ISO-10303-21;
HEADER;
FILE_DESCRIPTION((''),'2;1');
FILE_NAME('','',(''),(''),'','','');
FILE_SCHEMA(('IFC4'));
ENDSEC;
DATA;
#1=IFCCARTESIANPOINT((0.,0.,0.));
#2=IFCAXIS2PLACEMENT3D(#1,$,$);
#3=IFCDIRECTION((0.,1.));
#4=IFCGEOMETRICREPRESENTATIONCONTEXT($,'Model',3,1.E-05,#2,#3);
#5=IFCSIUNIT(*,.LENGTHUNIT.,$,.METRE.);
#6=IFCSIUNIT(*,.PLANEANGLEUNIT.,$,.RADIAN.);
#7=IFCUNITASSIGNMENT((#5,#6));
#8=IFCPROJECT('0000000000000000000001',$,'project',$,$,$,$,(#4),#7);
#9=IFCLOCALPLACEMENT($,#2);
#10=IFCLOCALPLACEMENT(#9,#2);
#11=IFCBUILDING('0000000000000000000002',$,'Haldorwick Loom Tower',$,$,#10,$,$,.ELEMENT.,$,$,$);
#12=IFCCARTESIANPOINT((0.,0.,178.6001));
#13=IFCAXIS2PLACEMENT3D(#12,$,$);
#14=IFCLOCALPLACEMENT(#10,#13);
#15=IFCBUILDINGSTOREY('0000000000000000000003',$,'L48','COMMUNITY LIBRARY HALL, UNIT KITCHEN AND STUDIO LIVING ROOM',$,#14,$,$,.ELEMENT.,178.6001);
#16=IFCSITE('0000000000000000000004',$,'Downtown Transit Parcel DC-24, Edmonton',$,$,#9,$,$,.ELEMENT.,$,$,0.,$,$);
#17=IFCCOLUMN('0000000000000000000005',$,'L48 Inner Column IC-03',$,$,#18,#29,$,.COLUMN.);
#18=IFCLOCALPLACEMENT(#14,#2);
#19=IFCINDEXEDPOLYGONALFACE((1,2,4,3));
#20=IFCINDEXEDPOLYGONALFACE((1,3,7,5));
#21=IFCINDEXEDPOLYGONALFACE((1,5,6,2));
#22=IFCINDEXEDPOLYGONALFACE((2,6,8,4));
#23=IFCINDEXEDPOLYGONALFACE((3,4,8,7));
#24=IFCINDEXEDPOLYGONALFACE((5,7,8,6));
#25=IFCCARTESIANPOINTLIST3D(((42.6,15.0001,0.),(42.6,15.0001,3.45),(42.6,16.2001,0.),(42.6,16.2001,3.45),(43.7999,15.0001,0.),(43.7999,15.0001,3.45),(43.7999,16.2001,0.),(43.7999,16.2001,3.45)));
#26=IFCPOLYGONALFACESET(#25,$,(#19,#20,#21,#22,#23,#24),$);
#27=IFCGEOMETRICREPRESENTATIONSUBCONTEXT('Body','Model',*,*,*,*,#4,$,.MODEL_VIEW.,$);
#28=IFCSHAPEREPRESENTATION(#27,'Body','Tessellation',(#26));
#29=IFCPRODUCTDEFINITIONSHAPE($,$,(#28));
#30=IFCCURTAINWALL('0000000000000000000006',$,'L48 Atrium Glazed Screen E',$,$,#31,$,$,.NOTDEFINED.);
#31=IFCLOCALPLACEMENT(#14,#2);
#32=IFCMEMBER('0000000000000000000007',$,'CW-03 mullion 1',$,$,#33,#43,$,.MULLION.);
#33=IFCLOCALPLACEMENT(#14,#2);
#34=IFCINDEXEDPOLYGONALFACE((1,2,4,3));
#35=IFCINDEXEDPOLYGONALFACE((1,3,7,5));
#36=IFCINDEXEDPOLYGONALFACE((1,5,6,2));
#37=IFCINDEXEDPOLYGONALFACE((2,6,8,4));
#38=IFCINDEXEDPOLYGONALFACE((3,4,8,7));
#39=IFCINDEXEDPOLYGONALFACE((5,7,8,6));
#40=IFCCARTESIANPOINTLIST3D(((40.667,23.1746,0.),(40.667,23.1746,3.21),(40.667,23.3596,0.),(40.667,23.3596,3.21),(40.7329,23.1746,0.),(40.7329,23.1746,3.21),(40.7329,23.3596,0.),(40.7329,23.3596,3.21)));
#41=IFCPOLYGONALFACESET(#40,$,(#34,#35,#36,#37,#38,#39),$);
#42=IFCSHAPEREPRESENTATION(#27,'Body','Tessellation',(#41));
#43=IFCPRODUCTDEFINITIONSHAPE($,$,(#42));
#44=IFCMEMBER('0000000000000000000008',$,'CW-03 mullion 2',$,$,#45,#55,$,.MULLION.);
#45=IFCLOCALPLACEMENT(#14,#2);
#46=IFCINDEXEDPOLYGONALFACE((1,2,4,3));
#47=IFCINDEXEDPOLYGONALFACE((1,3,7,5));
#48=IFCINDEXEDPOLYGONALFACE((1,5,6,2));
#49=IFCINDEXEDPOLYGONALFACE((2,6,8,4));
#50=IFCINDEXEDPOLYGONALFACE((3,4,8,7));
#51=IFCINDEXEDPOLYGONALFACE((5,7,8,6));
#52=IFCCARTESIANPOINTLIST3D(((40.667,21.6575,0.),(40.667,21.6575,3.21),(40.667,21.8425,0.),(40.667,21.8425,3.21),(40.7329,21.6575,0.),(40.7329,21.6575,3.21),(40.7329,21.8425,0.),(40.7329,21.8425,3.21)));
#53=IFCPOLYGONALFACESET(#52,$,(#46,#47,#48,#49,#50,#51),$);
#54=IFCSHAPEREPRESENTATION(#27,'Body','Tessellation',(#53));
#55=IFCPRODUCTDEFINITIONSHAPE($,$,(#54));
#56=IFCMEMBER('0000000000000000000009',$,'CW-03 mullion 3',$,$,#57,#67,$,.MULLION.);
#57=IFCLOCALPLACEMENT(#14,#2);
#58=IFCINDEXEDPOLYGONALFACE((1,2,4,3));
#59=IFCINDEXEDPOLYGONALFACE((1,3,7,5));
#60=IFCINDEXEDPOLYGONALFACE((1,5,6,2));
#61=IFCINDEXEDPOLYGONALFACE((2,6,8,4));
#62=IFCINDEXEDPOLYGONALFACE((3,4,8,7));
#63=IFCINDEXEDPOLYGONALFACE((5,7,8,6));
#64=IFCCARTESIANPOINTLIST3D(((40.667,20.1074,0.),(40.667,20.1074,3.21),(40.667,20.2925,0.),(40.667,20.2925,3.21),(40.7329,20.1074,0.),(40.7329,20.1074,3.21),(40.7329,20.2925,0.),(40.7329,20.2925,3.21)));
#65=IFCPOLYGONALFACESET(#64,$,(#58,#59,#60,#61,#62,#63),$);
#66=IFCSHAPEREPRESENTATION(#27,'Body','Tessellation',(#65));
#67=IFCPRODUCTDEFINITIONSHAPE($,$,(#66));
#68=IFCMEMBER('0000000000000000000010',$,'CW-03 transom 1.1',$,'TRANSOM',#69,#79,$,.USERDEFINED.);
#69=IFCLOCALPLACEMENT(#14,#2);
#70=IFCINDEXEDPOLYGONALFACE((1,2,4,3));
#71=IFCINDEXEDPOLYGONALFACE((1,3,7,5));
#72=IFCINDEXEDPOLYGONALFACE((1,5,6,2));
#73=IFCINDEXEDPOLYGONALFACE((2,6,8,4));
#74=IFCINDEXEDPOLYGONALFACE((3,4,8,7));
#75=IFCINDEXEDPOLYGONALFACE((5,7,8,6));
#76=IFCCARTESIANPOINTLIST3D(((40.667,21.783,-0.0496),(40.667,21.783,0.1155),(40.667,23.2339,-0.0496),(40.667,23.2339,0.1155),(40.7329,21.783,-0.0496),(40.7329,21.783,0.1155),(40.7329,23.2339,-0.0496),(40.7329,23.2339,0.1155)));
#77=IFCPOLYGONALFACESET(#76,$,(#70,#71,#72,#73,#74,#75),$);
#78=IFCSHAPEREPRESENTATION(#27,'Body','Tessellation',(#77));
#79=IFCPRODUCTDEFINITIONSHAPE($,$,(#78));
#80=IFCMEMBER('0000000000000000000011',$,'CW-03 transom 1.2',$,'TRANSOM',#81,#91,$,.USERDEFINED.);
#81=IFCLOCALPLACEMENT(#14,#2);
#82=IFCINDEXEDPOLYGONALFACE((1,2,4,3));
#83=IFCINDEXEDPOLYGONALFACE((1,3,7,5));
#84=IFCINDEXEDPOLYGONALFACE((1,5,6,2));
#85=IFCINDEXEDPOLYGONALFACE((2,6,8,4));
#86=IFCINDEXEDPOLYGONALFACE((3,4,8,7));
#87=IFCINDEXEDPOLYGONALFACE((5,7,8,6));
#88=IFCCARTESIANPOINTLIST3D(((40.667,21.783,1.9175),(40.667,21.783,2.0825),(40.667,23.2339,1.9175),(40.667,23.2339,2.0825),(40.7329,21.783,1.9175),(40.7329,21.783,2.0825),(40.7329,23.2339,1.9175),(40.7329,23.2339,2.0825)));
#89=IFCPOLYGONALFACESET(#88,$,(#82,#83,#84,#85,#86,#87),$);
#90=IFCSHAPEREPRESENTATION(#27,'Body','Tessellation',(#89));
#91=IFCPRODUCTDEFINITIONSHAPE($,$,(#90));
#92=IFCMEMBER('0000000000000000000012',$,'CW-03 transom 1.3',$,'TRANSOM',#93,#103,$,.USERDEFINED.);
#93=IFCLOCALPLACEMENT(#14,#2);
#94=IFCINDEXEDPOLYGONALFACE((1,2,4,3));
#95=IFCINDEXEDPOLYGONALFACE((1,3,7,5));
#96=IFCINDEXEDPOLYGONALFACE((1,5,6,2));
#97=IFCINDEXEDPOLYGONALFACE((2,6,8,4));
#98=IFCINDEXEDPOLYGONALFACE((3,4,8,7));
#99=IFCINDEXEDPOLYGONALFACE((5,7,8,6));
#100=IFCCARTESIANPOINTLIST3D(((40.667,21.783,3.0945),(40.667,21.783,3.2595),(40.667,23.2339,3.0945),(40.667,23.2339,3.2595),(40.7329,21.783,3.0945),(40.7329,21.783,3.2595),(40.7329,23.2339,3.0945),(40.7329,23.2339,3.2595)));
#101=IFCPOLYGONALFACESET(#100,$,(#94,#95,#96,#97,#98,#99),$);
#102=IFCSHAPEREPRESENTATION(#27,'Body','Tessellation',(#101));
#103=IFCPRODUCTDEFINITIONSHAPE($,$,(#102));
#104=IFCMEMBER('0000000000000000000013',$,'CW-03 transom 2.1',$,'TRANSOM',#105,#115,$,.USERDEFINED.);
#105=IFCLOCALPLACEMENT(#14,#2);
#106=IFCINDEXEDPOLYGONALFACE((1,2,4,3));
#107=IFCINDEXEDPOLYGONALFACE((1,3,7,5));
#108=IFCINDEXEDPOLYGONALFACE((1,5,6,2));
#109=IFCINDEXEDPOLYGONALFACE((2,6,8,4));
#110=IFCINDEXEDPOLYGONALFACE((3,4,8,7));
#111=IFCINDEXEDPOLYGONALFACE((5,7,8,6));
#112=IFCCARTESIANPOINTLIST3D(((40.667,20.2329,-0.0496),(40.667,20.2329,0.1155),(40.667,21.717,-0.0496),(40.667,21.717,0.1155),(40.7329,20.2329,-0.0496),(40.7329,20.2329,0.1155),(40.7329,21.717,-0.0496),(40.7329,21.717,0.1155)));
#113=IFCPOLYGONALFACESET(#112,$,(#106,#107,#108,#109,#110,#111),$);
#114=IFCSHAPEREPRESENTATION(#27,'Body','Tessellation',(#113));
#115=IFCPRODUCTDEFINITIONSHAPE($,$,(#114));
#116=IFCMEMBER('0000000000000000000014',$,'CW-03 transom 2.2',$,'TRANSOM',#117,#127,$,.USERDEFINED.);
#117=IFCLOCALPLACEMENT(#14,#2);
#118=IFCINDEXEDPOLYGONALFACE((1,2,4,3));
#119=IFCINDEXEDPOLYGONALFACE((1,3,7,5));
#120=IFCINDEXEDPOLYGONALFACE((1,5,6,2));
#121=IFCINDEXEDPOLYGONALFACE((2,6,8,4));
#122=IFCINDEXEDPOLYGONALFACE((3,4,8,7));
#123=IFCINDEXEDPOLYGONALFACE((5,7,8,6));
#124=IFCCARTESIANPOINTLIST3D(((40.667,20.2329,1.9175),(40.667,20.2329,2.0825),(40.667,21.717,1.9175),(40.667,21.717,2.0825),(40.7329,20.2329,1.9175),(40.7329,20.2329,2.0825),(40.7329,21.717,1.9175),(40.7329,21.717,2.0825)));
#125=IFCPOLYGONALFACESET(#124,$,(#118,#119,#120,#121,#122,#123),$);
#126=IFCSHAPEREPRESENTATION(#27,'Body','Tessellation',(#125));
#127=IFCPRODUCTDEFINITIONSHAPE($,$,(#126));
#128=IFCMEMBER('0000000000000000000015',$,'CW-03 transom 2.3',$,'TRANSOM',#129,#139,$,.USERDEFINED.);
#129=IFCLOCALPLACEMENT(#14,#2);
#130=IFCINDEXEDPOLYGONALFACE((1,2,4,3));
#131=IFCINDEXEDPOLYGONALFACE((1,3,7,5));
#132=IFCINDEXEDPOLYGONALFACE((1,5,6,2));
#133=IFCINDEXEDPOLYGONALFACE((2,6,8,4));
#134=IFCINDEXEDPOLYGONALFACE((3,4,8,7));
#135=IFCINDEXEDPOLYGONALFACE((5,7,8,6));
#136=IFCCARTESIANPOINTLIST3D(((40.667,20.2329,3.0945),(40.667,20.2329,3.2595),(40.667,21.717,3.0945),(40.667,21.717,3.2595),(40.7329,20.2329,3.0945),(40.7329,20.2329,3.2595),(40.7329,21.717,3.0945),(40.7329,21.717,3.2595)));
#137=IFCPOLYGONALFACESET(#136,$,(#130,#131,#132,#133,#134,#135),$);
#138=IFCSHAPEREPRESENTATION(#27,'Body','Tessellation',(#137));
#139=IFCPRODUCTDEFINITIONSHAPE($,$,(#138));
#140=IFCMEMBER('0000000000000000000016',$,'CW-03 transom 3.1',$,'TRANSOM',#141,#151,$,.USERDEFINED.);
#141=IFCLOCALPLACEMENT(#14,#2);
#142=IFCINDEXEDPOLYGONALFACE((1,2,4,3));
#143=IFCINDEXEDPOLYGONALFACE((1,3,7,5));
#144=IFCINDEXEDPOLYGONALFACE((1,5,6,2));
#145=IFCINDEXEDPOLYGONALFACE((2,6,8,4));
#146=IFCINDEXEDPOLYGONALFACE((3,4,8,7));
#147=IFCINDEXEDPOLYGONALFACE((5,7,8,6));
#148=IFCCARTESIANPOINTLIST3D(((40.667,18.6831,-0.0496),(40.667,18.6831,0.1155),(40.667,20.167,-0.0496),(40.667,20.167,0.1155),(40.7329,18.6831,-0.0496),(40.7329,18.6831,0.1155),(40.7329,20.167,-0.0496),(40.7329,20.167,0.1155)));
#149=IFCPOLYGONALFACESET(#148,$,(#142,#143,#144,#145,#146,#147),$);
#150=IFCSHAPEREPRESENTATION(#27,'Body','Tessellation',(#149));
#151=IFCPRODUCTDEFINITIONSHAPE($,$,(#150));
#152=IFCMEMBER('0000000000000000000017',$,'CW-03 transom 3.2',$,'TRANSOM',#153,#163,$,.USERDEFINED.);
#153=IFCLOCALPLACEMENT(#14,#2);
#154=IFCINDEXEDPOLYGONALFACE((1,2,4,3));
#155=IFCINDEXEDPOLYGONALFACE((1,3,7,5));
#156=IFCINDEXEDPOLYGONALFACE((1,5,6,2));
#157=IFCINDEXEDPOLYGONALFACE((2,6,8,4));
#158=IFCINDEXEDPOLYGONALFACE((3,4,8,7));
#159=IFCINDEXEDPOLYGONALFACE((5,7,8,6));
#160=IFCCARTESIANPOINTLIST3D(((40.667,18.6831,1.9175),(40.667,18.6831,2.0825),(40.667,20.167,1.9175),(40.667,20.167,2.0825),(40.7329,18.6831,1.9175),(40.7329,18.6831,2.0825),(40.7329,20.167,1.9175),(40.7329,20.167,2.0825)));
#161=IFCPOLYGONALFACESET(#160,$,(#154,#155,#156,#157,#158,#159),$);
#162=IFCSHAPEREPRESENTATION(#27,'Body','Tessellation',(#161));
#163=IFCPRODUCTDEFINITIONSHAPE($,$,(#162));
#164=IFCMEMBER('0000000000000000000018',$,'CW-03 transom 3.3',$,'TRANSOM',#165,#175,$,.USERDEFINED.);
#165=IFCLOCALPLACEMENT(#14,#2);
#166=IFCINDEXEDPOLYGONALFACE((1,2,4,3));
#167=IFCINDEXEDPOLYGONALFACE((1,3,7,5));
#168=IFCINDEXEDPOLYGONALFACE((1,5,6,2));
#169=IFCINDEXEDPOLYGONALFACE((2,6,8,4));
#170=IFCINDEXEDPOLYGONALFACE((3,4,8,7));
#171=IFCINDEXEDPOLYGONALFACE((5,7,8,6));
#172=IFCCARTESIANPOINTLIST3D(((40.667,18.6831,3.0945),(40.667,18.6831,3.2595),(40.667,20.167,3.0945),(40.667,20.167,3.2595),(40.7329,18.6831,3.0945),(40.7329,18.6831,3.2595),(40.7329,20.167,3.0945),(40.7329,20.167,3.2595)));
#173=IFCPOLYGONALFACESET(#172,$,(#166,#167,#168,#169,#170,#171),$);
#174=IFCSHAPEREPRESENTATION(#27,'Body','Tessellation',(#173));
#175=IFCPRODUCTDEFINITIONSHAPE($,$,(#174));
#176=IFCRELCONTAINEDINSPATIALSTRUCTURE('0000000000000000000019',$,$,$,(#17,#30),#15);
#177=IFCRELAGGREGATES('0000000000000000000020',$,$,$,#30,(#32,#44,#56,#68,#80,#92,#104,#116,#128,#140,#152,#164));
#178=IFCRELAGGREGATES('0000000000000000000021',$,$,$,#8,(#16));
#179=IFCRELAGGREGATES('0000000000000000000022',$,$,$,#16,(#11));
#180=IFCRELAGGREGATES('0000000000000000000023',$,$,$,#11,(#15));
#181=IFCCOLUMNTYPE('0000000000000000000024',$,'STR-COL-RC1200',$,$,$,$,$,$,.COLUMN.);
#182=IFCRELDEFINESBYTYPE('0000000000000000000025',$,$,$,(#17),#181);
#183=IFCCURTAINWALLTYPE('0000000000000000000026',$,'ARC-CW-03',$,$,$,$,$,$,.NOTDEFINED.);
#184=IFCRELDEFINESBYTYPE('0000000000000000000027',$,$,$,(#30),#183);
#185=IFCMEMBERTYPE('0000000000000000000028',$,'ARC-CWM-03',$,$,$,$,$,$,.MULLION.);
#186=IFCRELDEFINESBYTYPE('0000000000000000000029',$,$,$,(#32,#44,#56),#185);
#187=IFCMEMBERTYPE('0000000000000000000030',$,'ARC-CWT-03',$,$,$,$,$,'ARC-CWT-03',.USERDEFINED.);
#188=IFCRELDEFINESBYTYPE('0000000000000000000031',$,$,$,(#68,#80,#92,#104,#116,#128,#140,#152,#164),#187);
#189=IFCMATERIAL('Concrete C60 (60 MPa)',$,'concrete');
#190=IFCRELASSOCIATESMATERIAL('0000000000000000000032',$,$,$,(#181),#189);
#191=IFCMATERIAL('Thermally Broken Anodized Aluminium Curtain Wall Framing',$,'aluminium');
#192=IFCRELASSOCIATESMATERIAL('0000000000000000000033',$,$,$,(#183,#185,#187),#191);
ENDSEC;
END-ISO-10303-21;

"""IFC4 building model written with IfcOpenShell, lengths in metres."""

from ifc_helpers import new_model, si_unit, direction, frame, origin, origin_2d, place, context, subcontext, project, spatial, rectangle, extrude, material, material_profile, profile_set, type_object, element, aggregate, save


model = new_model("IFC4")

# Units and contexts
model_context = context("Model", 3, precision=1e-05, world=origin(), true_north=direction((0.0, 1.0)))
body_context = subcontext(model_context, "Body", "Model", "MODEL_VIEW")
ifc_project = project(units=[si_unit("LENGTHUNIT", "METRE"), si_unit("PLANEANGLEUNIT", "RADIAN")], contexts=[model_context])

# Site, building, storey
site_placement = place(None, origin())
site = spatial("IfcSite", under=ifc_project, at=site_placement, Name="Downtown Transit Parcel DC-24, Edmonton", CompositionType="ELEMENT", RefElevation=0.0)
building_placement = place(site_placement, origin())
building = spatial("IfcBuilding", under=site, at=building_placement, Name="Haldorwick Loom Tower", CompositionType="ELEMENT")
storey_placement = place(building_placement, frame((0.0, 0.0, 178.6001)))
storey = spatial("IfcBuildingStorey", under=building, at=storey_placement, Name="L48", Description="COMMUNITY LIBRARY HALL, UNIT KITCHEN AND STUDIO LIVING ROOM", CompositionType="ELEMENT", Elevation=178.6001)

# Column
ifc_material_1 = material(Name="Concrete C60 (60 MPa)", Category="concrete")
ifc_material_profile_1 = material_profile(ifc_material_1, rectangle(XDim=1.2, YDim=1.2, at=origin_2d()), Name="RC1200X1200", Category="concrete")
ifc_profile_set_1 = profile_set([ifc_material_profile_1], Name="Concrete C60 (60 MPa)")
column_type = type_object("IfcColumnType", Name="STR-COL-RC1200", PredefinedType="COLUMN", material=ifc_profile_set_1)
column_placement = place(storey_placement, frame((43.2, 15.6001, 0.0), z_axis=(0.0, 0.0, 1.0), x_axis=(1.0, 0.0, 0.0)))
element("IfcColumn", 1, at=column_placement, inside=storey, type_object=column_type, Name="L48 Inner Column IC-03", PredefinedType="COLUMN", context=body_context, shape_type="SweptSolid", body=[
    extrude(rectangle(XDim=1.2, YDim=1.2, at=origin_2d()), origin(), (0.0, 0.0, 1.0), 3.45),
])

# Curtain wall, members
ifc_material_2 = material(Name="Thermally Broken Anodized Aluminium Curtain Wall Framing", Category="aluminium")
curtain_wall_type = type_object("IfcCurtainWallType", Name="ARC-CW-03", PredefinedType="NOTDEFINED", material=ifc_material_2)
curtain_wall_placement = place(storey_placement, origin())
curtain_wall = element("IfcCurtainWall", 2, at=curtain_wall_placement, inside=storey, type_object=curtain_wall_type, Name="L48 Atrium Glazed Screen E", PredefinedType="NOTDEFINED")
ifc_material_profile_2 = material_profile(ifc_material_2, rectangle(XDim=0.0659, YDim=0.1851, at=origin_2d()), Name="ALU_MUL_66X185", Category="aluminium")
ifc_profile_set_2 = profile_set([ifc_material_profile_2], Name="Thermally Broken Anodized Aluminium Curtain Wall Framing")
member_type_1 = type_object("IfcMemberType", Name="ARC-CWM-03", PredefinedType="MULLION", material=ifc_profile_set_2)
member_1_placement = place(storey_placement, frame((40.7, 23.2671, 0.0), z_axis=(0.0, 0.0, 1.0), x_axis=(1.0, 0.0, 0.0)))
member_1 = element("IfcMember", 3, at=member_1_placement, type_object=member_type_1, Name="CW-03 mullion 1", PredefinedType="MULLION", context=body_context, shape_type="SweptSolid", body=[
    extrude(rectangle(XDim=0.0659, YDim=0.1851, at=origin_2d()), origin(), (0.0, 0.0, 1.0), 3.21),
])
member_2_placement = place(storey_placement, frame((40.7, 21.75, 0.0), z_axis=(0.0, 0.0, 1.0), x_axis=(1.0, 0.0, 0.0)))
member_2 = element("IfcMember", 4, at=member_2_placement, type_object=member_type_1, Name="CW-03 mullion 2", PredefinedType="MULLION", context=body_context, shape_type="SweptSolid", body=[
    extrude(rectangle(XDim=0.0659, YDim=0.1851, at=origin_2d()), origin(), (0.0, 0.0, 1.0), 3.21),
])
member_3_placement = place(storey_placement, frame((40.7, 20.2, 0.0), z_axis=(0.0, 0.0, 1.0), x_axis=(1.0, 0.0, 0.0)))
member_3 = element("IfcMember", 5, at=member_3_placement, type_object=member_type_1, Name="CW-03 mullion 3", PredefinedType="MULLION", context=body_context, shape_type="SweptSolid", body=[
    extrude(rectangle(XDim=0.0659, YDim=0.1851, at=origin_2d()), origin(), (0.0, 0.0, 1.0), 3.21),
])
ifc_material_profile_3 = material_profile(ifc_material_2, rectangle(XDim=0.0659, YDim=0.165, at=origin_2d()), Name="ALU_TRN_66X165", Category="aluminium")
ifc_profile_set_3 = profile_set([ifc_material_profile_3], Name="Thermally Broken Anodized Aluminium Curtain Wall Framing")
member_type_2 = type_object("IfcMemberType", Name="ARC-CWT-03", ElementType="ARC-CWT-03", PredefinedType="USERDEFINED", material=ifc_profile_set_3)
member_4_placement = place(storey_placement, frame((40.7, 23.2339, 0.033), z_axis=(0.0, -1.0, 0.0), x_axis=(1.0, 0.0, 0.0)))
member_4 = element("IfcMember", 6, at=member_4_placement, type_object=member_type_2, Name="CW-03 transom 1.1", ObjectType="TRANSOM", PredefinedType="USERDEFINED", context=body_context, shape_type="SweptSolid", body=[
    extrude(rectangle(XDim=0.0659, YDim=0.165, at=origin_2d()), origin(), (0.0, 0.0, 1.0), 1.4509),
])
member_5_placement = place(storey_placement, frame((40.7, 23.2339, 2.0), z_axis=(0.0, -1.0, 0.0), x_axis=(1.0, 0.0, 0.0)))
member_5 = element("IfcMember", 7, at=member_5_placement, type_object=member_type_2, Name="CW-03 transom 1.2", ObjectType="TRANSOM", PredefinedType="USERDEFINED", context=body_context, shape_type="SweptSolid", body=[
    extrude(rectangle(XDim=0.0659, YDim=0.165, at=origin_2d()), origin(), (0.0, 0.0, 1.0), 1.4509),
])
member_6_placement = place(storey_placement, frame((40.7, 23.2339, 3.177), z_axis=(0.0, -1.0, 0.0), x_axis=(1.0, 0.0, 0.0)))
member_6 = element("IfcMember", 8, at=member_6_placement, type_object=member_type_2, Name="CW-03 transom 1.3", ObjectType="TRANSOM", PredefinedType="USERDEFINED", context=body_context, shape_type="SweptSolid", body=[
    extrude(rectangle(XDim=0.0659, YDim=0.165, at=origin_2d()), origin(), (0.0, 0.0, 1.0), 1.4509),
])
member_7_placement = place(storey_placement, frame((40.7, 21.717, 0.033), z_axis=(0.0, -1.0, 0.0), x_axis=(1.0, 0.0, 0.0)))
member_7 = element("IfcMember", 9, at=member_7_placement, type_object=member_type_2, Name="CW-03 transom 2.1", ObjectType="TRANSOM", PredefinedType="USERDEFINED", context=body_context, shape_type="SweptSolid", body=[
    extrude(rectangle(XDim=0.0659, YDim=0.165, at=origin_2d()), origin(), (0.0, 0.0, 1.0), 1.4841),
])
member_8_placement = place(storey_placement, frame((40.7, 21.717, 2.0), z_axis=(0.0, -1.0, 0.0), x_axis=(1.0, 0.0, 0.0)))
member_8 = element("IfcMember", 10, at=member_8_placement, type_object=member_type_2, Name="CW-03 transom 2.2", ObjectType="TRANSOM", PredefinedType="USERDEFINED", context=body_context, shape_type="SweptSolid", body=[
    extrude(rectangle(XDim=0.0659, YDim=0.165, at=origin_2d()), origin(), (0.0, 0.0, 1.0), 1.4841),
])
member_9_placement = place(storey_placement, frame((40.7, 21.717, 3.177), z_axis=(0.0, -1.0, 0.0), x_axis=(1.0, 0.0, 0.0)))
member_9 = element("IfcMember", 11, at=member_9_placement, type_object=member_type_2, Name="CW-03 transom 2.3", ObjectType="TRANSOM", PredefinedType="USERDEFINED", context=body_context, shape_type="SweptSolid", body=[
    extrude(rectangle(XDim=0.0659, YDim=0.165, at=origin_2d()), origin(), (0.0, 0.0, 1.0), 1.4841),
])
member_10_placement = place(storey_placement, frame((40.7, 20.167, 0.033), z_axis=(0.0, -1.0, 0.0), x_axis=(1.0, 0.0, 0.0)))
member_10 = element("IfcMember", 12, at=member_10_placement, type_object=member_type_2, Name="CW-03 transom 3.1", ObjectType="TRANSOM", PredefinedType="USERDEFINED", context=body_context, shape_type="SweptSolid", body=[
    extrude(rectangle(XDim=0.0659, YDim=0.165, at=origin_2d()), origin(), (0.0, 0.0, 1.0), 1.4839),
])
member_11_placement = place(storey_placement, frame((40.7, 20.167, 2.0), z_axis=(0.0, -1.0, 0.0), x_axis=(1.0, 0.0, 0.0)))
member_11 = element("IfcMember", 13, at=member_11_placement, type_object=member_type_2, Name="CW-03 transom 3.2", ObjectType="TRANSOM", PredefinedType="USERDEFINED", context=body_context, shape_type="SweptSolid", body=[
    extrude(rectangle(XDim=0.0659, YDim=0.165, at=origin_2d()), origin(), (0.0, 0.0, 1.0), 1.4839),
])
member_12_placement = place(storey_placement, frame((40.7, 20.167, 3.177), z_axis=(0.0, -1.0, 0.0), x_axis=(1.0, 0.0, 0.0)))
member_12 = element("IfcMember", 14, at=member_12_placement, type_object=member_type_2, Name="CW-03 transom 3.3", ObjectType="TRANSOM", PredefinedType="USERDEFINED", context=body_context, shape_type="SweptSolid", body=[
    extrude(rectangle(XDim=0.0659, YDim=0.165, at=origin_2d()), origin(), (0.0, 0.0, 1.0), 1.4839),
])

aggregate(curtain_wall, [member_1, member_2, member_3, member_4, member_5, member_6, member_7, member_8, member_9, member_10, member_11, member_12])

save(model, "model.ifc")
